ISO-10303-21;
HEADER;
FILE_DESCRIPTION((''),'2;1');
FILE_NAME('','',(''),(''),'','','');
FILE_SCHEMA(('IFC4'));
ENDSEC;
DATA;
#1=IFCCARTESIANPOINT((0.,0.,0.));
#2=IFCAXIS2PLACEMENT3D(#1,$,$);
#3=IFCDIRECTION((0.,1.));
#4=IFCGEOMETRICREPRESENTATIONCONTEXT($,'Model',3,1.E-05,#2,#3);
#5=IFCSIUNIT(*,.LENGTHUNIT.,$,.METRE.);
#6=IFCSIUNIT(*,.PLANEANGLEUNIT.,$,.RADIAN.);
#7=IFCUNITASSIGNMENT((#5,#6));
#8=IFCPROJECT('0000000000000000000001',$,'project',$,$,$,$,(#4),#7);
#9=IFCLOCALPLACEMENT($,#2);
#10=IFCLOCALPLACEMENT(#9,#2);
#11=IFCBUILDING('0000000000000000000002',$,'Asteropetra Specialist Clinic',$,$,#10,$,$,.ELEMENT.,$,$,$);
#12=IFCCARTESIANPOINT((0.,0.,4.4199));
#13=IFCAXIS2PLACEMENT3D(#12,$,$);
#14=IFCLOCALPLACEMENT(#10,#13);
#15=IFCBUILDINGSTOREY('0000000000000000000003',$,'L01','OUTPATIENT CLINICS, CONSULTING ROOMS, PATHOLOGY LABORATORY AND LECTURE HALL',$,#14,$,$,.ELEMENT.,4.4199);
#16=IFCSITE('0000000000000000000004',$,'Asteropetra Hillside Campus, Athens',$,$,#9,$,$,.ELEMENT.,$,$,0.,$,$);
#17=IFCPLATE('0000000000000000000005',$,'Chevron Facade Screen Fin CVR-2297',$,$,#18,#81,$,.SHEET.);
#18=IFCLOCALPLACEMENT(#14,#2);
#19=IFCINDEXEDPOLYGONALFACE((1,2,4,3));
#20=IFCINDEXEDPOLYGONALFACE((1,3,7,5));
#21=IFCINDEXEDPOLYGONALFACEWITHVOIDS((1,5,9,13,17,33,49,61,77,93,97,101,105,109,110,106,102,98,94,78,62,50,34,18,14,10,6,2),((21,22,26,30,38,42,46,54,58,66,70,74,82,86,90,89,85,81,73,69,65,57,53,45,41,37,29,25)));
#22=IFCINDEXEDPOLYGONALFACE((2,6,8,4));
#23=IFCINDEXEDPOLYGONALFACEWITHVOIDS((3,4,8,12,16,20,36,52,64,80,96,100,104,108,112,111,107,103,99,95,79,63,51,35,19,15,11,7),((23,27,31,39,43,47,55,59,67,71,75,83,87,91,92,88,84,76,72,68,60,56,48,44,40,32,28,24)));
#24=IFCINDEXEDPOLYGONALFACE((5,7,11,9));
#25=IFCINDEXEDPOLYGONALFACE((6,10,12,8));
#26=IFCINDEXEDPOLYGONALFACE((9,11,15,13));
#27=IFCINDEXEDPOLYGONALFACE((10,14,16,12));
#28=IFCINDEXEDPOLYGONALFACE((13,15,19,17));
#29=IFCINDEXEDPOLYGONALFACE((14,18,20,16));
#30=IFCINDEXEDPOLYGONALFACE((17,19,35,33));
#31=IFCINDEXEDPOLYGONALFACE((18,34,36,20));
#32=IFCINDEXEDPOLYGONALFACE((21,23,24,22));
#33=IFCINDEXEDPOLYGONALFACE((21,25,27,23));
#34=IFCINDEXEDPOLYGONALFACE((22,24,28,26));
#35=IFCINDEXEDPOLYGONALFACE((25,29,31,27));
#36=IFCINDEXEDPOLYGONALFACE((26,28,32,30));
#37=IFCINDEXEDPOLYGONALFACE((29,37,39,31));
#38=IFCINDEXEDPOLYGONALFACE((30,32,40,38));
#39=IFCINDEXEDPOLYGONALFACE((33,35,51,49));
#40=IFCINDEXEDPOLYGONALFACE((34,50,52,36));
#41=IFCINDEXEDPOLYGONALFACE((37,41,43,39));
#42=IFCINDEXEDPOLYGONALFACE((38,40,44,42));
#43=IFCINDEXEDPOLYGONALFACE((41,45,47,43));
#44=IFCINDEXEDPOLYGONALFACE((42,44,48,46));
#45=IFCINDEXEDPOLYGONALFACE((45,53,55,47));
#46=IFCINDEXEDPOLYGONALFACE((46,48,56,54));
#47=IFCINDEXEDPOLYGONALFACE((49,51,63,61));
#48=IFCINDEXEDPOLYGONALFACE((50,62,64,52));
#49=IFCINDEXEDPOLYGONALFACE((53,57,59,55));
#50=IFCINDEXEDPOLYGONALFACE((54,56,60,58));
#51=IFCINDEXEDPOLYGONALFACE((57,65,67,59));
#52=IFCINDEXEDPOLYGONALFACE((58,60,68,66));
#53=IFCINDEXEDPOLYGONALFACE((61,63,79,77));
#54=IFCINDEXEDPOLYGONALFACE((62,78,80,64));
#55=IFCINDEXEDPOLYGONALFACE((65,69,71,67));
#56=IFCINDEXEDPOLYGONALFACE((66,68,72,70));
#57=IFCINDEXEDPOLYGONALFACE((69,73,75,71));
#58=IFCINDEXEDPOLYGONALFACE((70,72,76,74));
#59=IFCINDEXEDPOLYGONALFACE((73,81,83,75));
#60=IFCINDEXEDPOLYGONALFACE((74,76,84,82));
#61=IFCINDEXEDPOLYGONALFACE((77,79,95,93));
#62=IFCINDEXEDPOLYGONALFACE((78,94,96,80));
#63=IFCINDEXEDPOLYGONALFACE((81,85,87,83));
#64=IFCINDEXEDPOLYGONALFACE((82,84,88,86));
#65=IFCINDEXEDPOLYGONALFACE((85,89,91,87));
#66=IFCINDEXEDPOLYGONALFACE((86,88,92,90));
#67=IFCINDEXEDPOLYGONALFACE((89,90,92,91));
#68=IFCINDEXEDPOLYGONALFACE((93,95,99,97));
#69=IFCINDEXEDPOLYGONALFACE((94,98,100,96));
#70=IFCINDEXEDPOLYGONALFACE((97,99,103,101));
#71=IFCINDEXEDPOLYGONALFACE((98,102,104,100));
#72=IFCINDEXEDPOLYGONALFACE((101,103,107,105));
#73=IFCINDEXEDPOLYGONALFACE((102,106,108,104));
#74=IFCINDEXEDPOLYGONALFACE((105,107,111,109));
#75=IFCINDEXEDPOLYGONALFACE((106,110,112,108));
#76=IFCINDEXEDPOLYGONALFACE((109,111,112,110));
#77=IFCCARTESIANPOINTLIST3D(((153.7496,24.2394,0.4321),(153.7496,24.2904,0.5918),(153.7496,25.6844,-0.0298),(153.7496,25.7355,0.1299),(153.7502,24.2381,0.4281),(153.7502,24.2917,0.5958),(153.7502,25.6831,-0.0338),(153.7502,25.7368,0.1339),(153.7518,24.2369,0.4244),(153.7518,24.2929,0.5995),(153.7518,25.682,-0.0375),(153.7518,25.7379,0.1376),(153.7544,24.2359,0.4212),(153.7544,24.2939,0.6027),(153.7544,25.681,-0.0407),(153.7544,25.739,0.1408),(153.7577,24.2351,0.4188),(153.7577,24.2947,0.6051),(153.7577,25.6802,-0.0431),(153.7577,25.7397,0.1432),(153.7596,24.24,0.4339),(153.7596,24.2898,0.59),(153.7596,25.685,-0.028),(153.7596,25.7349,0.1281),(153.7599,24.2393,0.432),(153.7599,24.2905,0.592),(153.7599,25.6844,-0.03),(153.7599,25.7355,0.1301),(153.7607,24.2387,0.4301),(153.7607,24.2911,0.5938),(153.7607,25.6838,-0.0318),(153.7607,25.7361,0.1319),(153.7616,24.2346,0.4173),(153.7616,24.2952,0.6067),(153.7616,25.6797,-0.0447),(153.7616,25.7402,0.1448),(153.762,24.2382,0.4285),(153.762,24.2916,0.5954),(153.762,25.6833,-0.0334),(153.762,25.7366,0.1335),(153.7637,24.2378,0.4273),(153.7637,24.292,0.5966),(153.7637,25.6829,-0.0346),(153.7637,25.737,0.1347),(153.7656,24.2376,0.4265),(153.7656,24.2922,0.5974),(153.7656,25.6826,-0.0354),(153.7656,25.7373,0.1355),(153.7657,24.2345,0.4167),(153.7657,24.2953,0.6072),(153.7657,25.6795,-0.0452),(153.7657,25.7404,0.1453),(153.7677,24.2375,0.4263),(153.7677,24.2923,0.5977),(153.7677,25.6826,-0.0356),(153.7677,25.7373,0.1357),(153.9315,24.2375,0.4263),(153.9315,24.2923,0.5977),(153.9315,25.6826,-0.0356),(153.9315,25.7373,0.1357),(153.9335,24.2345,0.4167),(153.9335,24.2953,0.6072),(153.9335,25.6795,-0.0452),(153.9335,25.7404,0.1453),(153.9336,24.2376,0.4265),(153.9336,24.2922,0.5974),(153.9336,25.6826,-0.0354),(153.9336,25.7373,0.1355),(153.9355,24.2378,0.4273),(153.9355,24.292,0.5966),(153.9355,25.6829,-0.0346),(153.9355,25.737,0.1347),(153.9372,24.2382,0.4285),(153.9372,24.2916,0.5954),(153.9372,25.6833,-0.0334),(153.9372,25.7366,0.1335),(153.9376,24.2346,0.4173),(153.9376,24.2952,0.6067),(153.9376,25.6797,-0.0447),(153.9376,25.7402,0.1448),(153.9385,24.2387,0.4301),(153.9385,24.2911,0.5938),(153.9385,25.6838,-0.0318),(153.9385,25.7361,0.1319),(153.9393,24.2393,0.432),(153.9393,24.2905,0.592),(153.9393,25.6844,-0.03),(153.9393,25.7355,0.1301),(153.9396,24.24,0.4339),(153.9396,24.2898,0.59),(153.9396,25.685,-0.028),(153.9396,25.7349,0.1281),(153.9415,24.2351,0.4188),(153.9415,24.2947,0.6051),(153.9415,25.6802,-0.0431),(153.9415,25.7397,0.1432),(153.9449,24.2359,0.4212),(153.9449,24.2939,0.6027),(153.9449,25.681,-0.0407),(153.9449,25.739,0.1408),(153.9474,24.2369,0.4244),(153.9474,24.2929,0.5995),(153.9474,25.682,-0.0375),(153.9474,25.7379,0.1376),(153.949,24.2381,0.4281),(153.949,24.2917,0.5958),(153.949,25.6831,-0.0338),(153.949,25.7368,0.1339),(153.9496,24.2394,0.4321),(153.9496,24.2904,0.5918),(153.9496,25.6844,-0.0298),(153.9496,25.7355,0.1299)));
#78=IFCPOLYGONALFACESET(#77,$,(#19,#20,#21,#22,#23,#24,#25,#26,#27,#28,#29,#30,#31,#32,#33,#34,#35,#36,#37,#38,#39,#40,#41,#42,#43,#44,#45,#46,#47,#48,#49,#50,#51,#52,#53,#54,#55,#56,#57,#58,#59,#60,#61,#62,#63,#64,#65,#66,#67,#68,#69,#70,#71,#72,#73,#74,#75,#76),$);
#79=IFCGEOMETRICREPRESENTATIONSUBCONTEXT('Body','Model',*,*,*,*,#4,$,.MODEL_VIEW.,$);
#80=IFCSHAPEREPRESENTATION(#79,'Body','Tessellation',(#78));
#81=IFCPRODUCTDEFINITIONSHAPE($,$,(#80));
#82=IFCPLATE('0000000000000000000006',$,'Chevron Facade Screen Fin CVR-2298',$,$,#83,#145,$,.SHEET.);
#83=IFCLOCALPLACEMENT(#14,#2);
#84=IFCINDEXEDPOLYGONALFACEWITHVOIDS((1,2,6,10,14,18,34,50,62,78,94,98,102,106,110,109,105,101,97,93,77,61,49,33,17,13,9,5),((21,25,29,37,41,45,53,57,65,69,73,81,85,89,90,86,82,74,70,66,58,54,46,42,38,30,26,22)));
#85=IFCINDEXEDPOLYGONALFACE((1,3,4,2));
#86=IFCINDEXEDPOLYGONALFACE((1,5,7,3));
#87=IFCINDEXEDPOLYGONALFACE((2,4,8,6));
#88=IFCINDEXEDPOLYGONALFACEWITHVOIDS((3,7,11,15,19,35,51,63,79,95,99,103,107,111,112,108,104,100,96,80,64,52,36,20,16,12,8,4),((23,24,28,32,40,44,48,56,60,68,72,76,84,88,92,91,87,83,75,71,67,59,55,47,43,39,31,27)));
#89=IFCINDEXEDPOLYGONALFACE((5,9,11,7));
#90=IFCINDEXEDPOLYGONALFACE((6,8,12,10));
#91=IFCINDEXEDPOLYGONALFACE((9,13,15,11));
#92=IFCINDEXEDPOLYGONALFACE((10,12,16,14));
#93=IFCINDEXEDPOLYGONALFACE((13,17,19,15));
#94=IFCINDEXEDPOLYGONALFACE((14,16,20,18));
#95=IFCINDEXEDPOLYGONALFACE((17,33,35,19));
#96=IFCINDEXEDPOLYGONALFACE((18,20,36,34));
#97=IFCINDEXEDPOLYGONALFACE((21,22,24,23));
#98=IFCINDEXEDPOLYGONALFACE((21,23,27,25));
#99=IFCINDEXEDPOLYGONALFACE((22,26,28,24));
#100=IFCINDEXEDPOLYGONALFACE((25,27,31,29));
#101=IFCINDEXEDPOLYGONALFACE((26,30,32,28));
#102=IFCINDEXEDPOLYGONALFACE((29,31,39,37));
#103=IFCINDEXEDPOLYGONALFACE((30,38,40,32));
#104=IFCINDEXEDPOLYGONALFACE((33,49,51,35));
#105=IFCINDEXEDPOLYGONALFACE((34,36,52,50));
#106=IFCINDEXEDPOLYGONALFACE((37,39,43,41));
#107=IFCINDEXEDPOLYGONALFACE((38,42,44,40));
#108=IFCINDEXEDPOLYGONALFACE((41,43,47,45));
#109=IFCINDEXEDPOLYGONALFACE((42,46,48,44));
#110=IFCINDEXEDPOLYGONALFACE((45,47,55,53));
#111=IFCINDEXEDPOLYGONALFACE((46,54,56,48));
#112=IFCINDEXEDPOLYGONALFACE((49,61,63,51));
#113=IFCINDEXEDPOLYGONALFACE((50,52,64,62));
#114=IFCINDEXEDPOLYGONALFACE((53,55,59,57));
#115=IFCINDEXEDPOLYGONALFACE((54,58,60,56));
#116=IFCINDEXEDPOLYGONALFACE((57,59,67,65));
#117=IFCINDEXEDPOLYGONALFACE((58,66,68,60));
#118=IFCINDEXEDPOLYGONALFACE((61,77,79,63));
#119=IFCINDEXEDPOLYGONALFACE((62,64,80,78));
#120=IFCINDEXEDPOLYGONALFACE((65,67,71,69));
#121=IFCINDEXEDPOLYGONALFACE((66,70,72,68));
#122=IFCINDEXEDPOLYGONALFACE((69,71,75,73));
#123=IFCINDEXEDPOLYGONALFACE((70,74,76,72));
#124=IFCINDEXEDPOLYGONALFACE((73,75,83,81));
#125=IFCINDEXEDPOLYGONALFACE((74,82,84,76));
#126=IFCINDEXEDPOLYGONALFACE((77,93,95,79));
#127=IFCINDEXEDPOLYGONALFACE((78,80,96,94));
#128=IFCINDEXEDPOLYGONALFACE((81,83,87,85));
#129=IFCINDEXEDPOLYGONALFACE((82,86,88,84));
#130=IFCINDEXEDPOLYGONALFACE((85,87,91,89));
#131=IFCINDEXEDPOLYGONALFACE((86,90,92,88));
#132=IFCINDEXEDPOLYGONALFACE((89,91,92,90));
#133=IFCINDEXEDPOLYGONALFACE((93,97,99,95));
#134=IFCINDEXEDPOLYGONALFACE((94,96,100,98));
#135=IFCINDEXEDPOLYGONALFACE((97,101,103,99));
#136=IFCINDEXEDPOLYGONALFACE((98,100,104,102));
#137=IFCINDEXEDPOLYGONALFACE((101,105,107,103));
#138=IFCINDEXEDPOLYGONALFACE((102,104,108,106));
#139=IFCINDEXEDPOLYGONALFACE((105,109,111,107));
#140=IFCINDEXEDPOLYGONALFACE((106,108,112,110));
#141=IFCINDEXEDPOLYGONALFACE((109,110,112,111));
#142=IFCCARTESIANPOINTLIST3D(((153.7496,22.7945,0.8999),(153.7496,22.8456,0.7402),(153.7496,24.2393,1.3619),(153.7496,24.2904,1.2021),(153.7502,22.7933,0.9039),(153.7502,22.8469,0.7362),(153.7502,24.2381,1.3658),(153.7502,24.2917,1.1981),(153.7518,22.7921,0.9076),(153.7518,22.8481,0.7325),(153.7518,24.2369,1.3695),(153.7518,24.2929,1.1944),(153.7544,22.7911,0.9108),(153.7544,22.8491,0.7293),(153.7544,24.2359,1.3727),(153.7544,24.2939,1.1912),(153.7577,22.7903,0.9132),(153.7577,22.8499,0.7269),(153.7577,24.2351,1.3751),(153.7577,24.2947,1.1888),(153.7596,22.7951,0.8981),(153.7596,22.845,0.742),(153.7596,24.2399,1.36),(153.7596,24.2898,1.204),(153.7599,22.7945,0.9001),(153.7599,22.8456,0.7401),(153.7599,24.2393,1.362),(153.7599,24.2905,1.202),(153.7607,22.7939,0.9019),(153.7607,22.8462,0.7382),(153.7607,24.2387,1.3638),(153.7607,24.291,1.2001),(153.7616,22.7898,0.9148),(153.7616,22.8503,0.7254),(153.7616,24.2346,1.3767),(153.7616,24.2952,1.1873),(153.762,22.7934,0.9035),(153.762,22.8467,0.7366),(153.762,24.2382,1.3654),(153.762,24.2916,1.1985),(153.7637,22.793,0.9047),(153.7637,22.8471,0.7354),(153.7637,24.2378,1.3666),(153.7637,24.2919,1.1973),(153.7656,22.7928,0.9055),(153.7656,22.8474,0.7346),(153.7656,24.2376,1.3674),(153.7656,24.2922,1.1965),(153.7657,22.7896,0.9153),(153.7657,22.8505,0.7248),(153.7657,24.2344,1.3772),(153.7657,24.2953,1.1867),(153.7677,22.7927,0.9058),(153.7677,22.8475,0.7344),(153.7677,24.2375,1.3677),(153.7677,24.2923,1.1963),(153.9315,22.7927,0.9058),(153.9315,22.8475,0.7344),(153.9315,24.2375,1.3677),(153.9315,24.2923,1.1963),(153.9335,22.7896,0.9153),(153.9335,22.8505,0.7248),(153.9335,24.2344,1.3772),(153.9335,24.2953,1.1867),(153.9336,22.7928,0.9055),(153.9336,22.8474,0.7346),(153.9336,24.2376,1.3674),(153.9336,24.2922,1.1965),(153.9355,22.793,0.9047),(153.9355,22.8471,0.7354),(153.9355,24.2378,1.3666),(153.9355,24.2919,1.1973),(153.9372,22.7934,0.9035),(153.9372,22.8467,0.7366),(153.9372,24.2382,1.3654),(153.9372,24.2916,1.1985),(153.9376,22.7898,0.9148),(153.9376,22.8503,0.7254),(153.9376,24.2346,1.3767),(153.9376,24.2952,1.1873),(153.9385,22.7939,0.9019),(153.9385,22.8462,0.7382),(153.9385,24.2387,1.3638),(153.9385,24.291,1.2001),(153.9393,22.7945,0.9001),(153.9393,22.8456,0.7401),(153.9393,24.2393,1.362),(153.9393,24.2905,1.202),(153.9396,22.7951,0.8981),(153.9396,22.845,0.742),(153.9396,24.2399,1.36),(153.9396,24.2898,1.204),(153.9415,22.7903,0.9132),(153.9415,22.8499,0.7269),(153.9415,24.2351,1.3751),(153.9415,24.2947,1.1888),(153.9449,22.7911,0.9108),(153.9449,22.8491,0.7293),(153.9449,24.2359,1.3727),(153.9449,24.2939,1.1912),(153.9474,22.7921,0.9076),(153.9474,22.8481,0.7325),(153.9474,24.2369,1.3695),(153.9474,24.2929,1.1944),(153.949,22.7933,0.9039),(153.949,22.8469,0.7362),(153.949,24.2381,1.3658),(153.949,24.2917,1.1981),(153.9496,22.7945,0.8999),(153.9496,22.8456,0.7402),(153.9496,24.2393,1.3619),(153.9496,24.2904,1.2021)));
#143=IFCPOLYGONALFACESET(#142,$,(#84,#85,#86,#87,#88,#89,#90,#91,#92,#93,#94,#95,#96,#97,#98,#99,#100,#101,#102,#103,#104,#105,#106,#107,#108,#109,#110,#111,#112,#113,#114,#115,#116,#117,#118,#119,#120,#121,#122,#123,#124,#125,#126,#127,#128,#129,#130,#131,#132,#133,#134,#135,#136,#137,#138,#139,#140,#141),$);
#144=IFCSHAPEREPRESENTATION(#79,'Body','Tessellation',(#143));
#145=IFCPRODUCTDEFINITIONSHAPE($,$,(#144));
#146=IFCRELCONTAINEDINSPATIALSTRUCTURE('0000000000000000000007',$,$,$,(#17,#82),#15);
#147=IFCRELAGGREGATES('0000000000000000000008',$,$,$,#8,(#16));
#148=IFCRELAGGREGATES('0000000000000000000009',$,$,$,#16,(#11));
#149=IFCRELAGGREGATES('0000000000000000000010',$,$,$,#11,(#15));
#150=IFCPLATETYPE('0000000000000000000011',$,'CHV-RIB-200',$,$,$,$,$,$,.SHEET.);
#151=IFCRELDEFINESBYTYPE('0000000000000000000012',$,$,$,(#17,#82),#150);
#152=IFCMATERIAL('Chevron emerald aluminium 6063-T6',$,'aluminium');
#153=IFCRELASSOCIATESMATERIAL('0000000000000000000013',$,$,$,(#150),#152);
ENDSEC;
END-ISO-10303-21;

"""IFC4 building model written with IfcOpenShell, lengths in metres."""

from ifc_helpers import new_model, si_unit, direction, frame, origin, origin_2d, place, context, subcontext, project, spatial, hollow_rectangle, extrude, material, material_profile, profile_set, type_object, element, save


model = new_model("IFC4")

# Units and contexts
model_context = context("Model", 3, precision=1e-05, world=origin(), true_north=direction((0.0, 1.0)))
body_context = subcontext(model_context, "Body", "Model", "MODEL_VIEW")
ifc_project = project(units=[si_unit("LENGTHUNIT", "METRE"), si_unit("PLANEANGLEUNIT", "RADIAN")], contexts=[model_context])

# Site, building, storey
site_placement = place(None, origin())
site = spatial("IfcSite", under=ifc_project, at=site_placement, Name="Asteropetra Hillside Campus, Athens", CompositionType="ELEMENT", RefElevation=0.0)
building_placement = place(site_placement, origin())
building = spatial("IfcBuilding", under=site, at=building_placement, Name="Asteropetra Specialist Clinic", CompositionType="ELEMENT")
storey_placement = place(building_placement, frame((0.0, 0.0, 4.4199)))
storey = spatial("IfcBuildingStorey", under=building, at=storey_placement, Name="L01", Description="OUTPATIENT CLINICS, CONSULTING ROOMS, PATHOLOGY LABORATORY AND LECTURE HALL", CompositionType="ELEMENT", Elevation=4.4199)

# Plates
ifc_material_1 = material(Name="Chevron emerald aluminium 6063-T6", Category="aluminium")
ifc_material_profile_1 = material_profile(ifc_material_1, hollow_rectangle(XDim=0.2, YDim=0.2, WallThickness=0.01, InnerFilletRadius=0.0081, OuterFilletRadius=0.0161, at=origin_2d()), Name="SHS 200x200x10.0")
ifc_profile_set_1 = profile_set([ifc_material_profile_1], Name="Chevron emerald aluminium 6063-T6")
plate_type = type_object("IfcPlateType", Name="CHV-RIB-200", PredefinedType="SHEET", material=ifc_profile_set_1)
plate_1_placement = place(storey_placement, frame((153.8496, 24.2649, 0.512), z_axis=(0.0, 0.952521, -0.304472), x_axis=(-1.0, 0.0, 0.0)))
element("IfcPlate", 1, at=plate_1_placement, inside=storey, type_object=plate_type, Name="Chevron Facade Screen Fin CVR-2297", PredefinedType="SHEET", context=body_context, shape_type="SweptSolid", body=[
    extrude(hollow_rectangle(XDim=0.2, YDim=0.2, WallThickness=0.01, InnerFilletRadius=0.0081, OuterFilletRadius=0.0161, at=origin_2d()), origin(), (0.0, 0.0, 1.0), 1.5171),
])
plate_2_placement = place(storey_placement, frame((153.8496, 22.8201, 0.8201), z_axis=(0.0, 0.952506, 0.304519), x_axis=(-1.0, 0.0, 0.0)))
element("IfcPlate", 2, at=plate_2_placement, inside=storey, type_object=plate_type, Name="Chevron Facade Screen Fin CVR-2298", PredefinedType="SHEET", context=body_context, shape_type="SweptSolid", body=[
    extrude(hollow_rectangle(XDim=0.2, YDim=0.2, WallThickness=0.01, InnerFilletRadius=0.0081, OuterFilletRadius=0.0161, at=origin_2d()), origin(), (0.0, 0.0, 1.0), 1.5168),
])

save(model, "model.ifc")
